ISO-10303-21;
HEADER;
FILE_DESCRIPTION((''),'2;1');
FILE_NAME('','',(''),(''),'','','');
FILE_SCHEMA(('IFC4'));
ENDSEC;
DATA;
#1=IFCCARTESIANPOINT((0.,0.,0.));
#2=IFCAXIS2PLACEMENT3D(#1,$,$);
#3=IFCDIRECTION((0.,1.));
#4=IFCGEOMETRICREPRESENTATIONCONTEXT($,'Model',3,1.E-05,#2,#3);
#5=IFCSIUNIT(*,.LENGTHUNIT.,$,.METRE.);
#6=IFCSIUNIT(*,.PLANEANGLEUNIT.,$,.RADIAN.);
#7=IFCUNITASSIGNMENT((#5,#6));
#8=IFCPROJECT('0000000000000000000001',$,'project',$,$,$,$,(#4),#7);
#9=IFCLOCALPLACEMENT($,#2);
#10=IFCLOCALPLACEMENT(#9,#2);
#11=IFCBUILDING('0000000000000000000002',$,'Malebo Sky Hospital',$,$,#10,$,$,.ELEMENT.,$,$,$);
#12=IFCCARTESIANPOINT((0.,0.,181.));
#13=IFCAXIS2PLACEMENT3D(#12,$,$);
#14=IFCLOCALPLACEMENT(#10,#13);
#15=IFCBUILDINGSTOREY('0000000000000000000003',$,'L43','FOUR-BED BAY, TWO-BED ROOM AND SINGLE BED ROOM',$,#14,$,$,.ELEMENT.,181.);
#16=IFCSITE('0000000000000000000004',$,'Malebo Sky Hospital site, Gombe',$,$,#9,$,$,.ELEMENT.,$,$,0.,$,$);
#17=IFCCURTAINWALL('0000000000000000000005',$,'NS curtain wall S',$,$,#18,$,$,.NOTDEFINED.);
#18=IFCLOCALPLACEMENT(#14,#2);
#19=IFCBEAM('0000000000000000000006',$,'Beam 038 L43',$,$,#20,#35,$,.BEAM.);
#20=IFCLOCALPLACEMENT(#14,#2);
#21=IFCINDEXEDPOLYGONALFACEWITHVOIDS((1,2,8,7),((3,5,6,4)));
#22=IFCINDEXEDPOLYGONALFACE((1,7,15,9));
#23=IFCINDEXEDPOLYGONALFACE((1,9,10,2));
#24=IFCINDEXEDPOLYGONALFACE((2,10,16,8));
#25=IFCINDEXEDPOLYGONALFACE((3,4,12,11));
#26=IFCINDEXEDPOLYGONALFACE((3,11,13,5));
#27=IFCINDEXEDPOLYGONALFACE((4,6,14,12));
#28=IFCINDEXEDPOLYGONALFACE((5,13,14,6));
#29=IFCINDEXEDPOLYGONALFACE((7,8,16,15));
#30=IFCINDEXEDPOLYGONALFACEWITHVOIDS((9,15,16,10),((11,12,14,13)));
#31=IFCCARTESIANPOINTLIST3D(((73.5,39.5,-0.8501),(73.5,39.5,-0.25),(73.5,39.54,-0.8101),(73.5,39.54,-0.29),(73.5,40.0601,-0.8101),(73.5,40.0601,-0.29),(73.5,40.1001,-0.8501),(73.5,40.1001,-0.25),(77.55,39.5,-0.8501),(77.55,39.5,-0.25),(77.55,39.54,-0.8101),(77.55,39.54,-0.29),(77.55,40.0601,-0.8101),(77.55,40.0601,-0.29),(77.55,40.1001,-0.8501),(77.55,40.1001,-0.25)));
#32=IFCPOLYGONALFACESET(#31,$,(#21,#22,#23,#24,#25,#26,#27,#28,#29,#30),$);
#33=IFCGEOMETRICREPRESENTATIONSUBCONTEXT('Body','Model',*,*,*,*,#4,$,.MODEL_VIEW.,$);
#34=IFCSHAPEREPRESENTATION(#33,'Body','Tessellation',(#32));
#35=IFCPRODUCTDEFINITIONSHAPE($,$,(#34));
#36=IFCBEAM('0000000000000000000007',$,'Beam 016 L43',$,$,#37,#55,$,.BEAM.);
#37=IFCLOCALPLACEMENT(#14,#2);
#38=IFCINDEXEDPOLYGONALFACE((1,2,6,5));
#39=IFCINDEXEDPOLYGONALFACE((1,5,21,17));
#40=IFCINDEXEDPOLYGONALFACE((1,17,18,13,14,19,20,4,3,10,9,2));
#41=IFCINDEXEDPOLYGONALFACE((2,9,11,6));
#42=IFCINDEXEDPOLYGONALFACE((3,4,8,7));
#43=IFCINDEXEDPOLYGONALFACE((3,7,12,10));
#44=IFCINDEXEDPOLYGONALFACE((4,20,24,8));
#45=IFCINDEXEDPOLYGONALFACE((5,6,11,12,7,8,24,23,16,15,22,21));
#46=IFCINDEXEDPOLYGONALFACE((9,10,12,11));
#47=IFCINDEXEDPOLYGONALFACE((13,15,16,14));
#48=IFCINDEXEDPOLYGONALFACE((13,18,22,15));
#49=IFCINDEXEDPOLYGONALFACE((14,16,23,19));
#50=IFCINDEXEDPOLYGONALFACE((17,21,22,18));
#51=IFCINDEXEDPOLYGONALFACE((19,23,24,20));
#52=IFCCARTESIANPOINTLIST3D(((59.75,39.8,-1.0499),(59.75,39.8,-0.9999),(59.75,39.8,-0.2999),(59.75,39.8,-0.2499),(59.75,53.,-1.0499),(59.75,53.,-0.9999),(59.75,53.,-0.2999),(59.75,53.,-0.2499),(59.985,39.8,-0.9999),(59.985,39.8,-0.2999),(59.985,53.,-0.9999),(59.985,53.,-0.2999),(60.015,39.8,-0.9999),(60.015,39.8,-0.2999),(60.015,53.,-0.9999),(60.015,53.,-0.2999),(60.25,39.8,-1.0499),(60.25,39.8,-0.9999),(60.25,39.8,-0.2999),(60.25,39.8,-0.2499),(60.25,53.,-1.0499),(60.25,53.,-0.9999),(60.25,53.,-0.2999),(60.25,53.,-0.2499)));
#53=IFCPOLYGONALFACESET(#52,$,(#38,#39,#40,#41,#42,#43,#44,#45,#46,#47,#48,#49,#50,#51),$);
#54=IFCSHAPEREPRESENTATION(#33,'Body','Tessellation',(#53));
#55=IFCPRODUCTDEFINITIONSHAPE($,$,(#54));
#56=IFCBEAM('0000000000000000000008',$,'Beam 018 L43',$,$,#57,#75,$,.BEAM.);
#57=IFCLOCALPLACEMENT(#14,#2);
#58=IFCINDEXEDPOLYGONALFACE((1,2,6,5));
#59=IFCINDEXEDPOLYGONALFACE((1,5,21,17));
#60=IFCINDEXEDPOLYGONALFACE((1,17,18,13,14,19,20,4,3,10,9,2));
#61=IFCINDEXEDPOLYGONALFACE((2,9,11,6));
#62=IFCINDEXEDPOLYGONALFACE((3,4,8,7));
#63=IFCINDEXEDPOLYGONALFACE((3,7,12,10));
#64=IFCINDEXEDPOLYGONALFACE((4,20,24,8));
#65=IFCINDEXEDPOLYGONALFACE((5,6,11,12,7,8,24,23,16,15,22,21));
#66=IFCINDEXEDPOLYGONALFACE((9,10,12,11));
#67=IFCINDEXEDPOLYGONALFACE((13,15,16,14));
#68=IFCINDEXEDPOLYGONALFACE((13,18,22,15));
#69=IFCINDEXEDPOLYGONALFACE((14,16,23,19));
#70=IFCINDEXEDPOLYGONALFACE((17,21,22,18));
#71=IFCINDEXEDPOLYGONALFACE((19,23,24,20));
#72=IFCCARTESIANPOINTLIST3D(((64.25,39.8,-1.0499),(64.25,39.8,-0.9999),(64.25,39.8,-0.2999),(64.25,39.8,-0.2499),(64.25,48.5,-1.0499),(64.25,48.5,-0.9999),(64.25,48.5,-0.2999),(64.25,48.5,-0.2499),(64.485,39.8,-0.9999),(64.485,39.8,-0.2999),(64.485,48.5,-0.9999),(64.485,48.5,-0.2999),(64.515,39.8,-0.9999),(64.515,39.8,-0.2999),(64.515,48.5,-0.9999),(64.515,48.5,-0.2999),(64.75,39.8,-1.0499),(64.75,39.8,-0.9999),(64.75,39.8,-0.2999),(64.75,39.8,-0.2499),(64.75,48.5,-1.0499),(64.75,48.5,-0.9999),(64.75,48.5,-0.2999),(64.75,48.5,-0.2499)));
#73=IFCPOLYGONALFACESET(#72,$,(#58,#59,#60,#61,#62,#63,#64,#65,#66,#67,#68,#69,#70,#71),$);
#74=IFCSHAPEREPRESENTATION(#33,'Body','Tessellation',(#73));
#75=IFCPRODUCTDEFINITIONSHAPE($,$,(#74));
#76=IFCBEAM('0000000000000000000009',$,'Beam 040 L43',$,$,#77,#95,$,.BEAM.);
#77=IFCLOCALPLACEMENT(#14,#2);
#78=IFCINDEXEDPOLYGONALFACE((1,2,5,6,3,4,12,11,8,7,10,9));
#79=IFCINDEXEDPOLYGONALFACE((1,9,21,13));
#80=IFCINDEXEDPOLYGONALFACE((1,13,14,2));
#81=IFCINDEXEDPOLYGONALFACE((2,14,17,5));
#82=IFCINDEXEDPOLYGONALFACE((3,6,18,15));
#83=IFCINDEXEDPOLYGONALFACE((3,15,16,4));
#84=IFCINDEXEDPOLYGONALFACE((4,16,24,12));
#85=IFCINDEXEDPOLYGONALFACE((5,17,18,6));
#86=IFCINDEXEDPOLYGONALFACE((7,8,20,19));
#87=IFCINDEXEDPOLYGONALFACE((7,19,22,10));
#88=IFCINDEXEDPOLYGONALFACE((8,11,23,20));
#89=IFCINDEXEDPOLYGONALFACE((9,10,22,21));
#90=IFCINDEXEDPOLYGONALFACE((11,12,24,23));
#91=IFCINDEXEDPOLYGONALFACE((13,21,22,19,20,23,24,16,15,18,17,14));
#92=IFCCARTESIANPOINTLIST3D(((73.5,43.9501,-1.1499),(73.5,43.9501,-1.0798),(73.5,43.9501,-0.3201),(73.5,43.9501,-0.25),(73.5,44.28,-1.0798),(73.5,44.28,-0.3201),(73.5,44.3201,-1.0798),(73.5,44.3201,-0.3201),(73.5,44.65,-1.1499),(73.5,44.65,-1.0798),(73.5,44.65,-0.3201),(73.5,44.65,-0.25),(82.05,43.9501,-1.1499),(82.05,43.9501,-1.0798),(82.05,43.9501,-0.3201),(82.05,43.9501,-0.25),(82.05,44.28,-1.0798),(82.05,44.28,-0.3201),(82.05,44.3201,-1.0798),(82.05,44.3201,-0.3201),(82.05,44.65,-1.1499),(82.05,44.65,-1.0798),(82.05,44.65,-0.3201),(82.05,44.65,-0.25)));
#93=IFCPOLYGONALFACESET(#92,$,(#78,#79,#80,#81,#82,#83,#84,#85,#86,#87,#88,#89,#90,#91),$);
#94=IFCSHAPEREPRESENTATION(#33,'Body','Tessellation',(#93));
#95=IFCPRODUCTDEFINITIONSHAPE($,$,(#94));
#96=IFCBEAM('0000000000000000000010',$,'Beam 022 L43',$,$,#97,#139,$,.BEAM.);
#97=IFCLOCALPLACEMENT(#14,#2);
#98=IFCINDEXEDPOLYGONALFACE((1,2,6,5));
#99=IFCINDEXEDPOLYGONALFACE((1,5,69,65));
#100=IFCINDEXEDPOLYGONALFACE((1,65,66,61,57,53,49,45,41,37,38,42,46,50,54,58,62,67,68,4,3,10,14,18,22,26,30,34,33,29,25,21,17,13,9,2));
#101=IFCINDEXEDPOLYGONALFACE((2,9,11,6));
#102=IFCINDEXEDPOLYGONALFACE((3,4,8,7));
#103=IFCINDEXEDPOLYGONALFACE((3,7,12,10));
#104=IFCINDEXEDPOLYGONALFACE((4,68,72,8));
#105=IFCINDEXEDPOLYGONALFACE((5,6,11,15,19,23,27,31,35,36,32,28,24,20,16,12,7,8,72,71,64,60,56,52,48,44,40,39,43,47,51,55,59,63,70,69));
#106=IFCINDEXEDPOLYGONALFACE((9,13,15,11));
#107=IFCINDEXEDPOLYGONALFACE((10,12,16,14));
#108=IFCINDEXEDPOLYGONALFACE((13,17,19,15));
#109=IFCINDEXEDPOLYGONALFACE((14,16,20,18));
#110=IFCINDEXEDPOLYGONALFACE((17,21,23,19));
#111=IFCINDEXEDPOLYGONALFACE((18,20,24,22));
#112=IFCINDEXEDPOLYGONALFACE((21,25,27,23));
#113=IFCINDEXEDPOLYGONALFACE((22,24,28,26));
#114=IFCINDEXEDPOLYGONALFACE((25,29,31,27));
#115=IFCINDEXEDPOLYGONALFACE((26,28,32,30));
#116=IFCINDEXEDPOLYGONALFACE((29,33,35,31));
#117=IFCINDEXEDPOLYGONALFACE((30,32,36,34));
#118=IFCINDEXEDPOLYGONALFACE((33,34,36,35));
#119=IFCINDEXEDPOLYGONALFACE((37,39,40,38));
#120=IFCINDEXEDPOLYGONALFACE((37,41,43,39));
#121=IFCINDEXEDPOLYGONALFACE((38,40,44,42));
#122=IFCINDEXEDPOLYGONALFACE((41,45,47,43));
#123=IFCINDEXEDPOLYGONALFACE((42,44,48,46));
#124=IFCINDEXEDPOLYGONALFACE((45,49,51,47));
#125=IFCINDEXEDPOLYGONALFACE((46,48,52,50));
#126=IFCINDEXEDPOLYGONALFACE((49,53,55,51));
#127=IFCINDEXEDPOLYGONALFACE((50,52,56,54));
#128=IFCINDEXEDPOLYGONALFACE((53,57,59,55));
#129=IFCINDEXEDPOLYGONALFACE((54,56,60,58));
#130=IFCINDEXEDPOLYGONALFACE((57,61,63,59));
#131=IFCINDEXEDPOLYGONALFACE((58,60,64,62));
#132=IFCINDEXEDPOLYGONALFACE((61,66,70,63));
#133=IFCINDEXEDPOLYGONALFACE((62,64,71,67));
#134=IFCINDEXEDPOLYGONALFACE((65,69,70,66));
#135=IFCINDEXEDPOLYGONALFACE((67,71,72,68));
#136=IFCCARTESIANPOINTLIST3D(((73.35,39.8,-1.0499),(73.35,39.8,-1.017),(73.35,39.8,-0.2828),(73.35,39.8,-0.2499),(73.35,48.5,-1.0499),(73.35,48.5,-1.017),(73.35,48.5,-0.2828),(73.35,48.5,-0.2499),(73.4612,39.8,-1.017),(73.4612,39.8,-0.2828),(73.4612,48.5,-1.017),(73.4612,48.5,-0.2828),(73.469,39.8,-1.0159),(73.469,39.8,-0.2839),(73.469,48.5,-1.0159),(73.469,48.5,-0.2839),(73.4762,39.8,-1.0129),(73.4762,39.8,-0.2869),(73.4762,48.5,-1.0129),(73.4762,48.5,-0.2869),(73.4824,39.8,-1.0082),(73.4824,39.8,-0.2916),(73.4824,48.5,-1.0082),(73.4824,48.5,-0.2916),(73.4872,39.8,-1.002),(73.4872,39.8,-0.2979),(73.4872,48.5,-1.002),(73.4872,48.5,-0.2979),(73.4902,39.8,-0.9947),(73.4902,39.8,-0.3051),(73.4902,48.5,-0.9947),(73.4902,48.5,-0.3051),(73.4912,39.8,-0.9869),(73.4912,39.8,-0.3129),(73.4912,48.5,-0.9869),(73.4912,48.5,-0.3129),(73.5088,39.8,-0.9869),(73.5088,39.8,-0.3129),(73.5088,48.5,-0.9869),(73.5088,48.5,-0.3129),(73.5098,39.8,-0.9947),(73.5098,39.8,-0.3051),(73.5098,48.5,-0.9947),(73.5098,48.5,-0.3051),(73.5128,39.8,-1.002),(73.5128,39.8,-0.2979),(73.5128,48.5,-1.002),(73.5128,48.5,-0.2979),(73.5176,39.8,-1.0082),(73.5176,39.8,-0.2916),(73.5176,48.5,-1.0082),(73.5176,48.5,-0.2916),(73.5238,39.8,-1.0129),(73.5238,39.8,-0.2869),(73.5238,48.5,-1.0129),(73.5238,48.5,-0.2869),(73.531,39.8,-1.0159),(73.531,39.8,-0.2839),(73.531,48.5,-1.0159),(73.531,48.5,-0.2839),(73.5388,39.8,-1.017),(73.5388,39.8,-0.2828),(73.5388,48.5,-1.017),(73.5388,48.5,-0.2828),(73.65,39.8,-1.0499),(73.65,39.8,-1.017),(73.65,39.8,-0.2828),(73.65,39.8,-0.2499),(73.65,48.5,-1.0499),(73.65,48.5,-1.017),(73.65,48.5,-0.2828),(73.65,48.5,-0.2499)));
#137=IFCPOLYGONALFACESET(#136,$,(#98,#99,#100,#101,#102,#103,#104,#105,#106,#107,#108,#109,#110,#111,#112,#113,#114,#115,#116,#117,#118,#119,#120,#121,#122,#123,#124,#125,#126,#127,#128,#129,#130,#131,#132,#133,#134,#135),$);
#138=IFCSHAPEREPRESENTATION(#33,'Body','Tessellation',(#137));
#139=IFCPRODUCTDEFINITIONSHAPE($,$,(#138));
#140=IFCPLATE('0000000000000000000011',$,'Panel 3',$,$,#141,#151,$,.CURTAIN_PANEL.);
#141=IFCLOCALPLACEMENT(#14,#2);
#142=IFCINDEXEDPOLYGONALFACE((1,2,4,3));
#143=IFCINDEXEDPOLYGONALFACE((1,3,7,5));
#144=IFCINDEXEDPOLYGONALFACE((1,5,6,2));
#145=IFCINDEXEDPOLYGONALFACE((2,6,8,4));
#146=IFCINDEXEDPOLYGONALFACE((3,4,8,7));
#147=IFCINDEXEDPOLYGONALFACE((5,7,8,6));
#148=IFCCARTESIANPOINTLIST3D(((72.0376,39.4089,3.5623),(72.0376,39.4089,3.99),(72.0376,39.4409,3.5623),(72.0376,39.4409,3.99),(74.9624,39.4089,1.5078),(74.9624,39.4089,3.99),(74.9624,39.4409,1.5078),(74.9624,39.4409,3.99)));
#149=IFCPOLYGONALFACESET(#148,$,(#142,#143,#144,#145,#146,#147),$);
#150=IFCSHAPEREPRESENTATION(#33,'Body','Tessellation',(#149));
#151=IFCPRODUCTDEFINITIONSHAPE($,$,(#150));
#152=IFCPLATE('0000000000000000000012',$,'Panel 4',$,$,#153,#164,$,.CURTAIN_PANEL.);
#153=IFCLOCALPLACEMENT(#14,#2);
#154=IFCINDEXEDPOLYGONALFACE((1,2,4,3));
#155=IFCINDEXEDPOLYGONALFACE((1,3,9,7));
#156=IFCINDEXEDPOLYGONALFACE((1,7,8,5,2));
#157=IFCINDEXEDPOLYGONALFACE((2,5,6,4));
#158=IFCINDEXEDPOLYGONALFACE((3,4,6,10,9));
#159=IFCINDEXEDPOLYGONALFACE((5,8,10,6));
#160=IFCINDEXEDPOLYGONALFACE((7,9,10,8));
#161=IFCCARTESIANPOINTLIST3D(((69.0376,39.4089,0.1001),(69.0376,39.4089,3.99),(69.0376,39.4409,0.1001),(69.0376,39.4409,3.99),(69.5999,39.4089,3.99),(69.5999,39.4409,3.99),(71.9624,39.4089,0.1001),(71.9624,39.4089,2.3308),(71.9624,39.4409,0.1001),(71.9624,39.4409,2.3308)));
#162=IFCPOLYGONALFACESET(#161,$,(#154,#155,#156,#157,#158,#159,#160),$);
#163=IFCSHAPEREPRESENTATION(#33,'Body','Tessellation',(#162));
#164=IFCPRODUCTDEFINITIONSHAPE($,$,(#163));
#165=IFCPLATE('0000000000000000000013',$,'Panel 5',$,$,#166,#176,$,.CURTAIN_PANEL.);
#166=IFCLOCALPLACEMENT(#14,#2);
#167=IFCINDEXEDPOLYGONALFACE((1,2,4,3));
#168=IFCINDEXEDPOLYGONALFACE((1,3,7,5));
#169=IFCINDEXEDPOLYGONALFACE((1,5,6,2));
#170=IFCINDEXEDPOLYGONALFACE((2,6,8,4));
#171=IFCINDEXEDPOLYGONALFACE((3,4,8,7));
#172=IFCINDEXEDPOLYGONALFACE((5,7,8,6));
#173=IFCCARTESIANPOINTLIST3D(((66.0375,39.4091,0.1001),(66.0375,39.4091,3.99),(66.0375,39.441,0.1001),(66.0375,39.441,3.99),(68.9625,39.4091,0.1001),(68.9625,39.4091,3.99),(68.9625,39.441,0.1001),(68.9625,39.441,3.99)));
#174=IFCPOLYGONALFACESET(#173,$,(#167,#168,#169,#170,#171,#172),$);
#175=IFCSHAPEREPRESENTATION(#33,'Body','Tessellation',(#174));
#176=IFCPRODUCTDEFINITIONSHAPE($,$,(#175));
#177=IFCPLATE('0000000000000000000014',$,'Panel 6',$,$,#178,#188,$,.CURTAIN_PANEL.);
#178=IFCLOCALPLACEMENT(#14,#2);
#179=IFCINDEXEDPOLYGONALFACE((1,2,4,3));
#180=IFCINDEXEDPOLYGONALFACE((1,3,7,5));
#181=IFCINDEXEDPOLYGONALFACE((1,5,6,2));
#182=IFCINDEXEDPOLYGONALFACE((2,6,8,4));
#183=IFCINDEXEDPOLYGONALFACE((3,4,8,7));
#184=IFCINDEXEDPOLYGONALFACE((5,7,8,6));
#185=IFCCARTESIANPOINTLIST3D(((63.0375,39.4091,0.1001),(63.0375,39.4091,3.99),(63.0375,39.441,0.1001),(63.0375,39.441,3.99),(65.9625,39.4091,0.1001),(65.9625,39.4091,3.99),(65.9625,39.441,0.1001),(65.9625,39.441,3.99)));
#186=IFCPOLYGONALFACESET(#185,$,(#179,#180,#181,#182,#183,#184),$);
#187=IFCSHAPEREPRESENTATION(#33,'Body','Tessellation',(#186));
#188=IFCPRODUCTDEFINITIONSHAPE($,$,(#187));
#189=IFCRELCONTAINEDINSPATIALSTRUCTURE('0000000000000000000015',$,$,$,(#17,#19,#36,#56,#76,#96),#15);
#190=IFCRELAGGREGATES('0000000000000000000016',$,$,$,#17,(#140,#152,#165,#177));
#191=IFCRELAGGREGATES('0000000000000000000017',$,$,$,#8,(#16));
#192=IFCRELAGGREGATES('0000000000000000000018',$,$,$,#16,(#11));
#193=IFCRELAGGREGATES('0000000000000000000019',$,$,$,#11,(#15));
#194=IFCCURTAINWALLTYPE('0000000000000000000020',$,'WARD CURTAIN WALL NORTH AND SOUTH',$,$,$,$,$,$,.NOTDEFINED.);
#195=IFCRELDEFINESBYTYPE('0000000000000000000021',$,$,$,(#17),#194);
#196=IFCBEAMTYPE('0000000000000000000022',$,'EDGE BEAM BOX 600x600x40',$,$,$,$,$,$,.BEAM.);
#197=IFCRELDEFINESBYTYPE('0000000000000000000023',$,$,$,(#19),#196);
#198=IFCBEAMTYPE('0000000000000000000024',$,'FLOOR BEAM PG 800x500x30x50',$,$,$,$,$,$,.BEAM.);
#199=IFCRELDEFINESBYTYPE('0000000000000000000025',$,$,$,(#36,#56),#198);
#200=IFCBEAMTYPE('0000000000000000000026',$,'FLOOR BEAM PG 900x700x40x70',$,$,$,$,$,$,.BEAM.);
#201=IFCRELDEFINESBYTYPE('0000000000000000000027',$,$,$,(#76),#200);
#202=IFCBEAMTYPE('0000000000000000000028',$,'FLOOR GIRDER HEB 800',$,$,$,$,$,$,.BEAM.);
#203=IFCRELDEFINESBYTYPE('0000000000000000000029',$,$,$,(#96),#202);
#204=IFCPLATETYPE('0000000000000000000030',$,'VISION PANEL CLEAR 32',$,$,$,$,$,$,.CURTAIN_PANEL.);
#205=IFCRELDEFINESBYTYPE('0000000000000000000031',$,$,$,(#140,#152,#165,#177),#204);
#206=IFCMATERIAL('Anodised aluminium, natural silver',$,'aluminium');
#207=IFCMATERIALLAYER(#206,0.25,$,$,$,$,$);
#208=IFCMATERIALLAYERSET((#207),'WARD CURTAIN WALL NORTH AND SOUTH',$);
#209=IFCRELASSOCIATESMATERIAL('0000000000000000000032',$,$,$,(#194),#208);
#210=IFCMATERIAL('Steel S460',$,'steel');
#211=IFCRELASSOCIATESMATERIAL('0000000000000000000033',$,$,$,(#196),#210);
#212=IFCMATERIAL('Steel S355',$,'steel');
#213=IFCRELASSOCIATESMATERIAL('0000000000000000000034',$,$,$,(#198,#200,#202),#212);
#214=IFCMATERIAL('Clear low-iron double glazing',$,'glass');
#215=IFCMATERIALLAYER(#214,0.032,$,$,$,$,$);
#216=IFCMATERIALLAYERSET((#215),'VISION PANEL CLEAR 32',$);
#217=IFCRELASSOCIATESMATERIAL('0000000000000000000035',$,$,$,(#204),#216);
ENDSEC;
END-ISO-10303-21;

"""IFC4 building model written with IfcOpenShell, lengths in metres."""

from ifc_helpers import new_model, si_unit, direction, frame, origin, origin_2d, place, context, subcontext, project, spatial, polyline, rectangle, hollow_rectangle, i_section, outline, extrude, material, layer, layer_set, material_profile, profile_set, type_object, element, aggregate, save


model = new_model("IFC4")

# Units and contexts
model_context = context("Model", 3, precision=1e-05, world=origin(), true_north=direction((0.0, 1.0)))
body_context = subcontext(model_context, "Body", "Model", "MODEL_VIEW")
ifc_project = project(units=[si_unit("LENGTHUNIT", "METRE"), si_unit("PLANEANGLEUNIT", "RADIAN")], contexts=[model_context])

# Site, building, storey
site_placement = place(None, origin())
site = spatial("IfcSite", under=ifc_project, at=site_placement, Name="Malebo Sky Hospital site, Gombe", CompositionType="ELEMENT", RefElevation=0.0)
building_placement = place(site_placement, origin())
building = spatial("IfcBuilding", under=site, at=building_placement, Name="Malebo Sky Hospital", CompositionType="ELEMENT")
storey_placement = place(building_placement, frame((0.0, 0.0, 181.0)))
storey = spatial("IfcBuildingStorey", under=building, at=storey_placement, Name="L43", Description="FOUR-BED BAY, TWO-BED ROOM AND SINGLE BED ROOM", CompositionType="ELEMENT", Elevation=181.0)

# Shared definitions
ifc_material_1 = material(Name="Steel S460", Category="steel")

# Curtain wall
ifc_material_2 = material(Name="Anodised aluminium, natural silver", Category="aluminium")
ifc_layer_1 = layer(ifc_material_2, 0.25)
ifc_layer_set_1 = layer_set([ifc_layer_1], Name="WARD CURTAIN WALL NORTH AND SOUTH")
curtain_wall_type = type_object("IfcCurtainWallType", Name="WARD CURTAIN WALL NORTH AND SOUTH", PredefinedType="NOTDEFINED", material=ifc_layer_set_1)
curtain_wall_placement = place(storey_placement, origin())
curtain_wall = element("IfcCurtainWall", 1, at=curtain_wall_placement, inside=storey, type_object=curtain_wall_type, Name="NS curtain wall S", PredefinedType="NOTDEFINED")

# Beams
ifc_material_profile_1 = material_profile(ifc_material_1, hollow_rectangle(XDim=0.6001, YDim=0.6001, WallThickness=0.04, at=origin_2d()), Name="BOX 600x600x40")
ifc_profile_set_1 = profile_set([ifc_material_profile_1], Name="Steel S460")
beam_type_1 = type_object("IfcBeamType", Name="EDGE BEAM BOX 600x600x40", PredefinedType="BEAM", material=ifc_profile_set_1)
beam_1_placement = place(storey_placement, frame((73.5, 39.8, -0.55), z_axis=(1.0, 0.0, 0.0), x_axis=(0.0, 1.0, 0.0)))
element("IfcBeam", 2, at=beam_1_placement, inside=storey, type_object=beam_type_1, Name="Beam 038 L43", PredefinedType="BEAM", context=body_context, shape_type="SweptSolid", body=[
    extrude(hollow_rectangle(XDim=0.6001, YDim=0.6001, WallThickness=0.04, at=origin_2d()), origin(), (0.0, 0.0, 1.0), 4.05),
])
ifc_material_3 = material(Name="Steel S355", Category="steel")
ifc_material_profile_2 = material_profile(ifc_material_3, i_section(OverallWidth=0.5, OverallDepth=0.8, WebThickness=0.03, FlangeThickness=0.05, at=origin_2d()), Name="PG 800x500x30x50")
ifc_profile_set_2 = profile_set([ifc_material_profile_2], Name="Steel S355")
beam_type_2 = type_object("IfcBeamType", Name="FLOOR BEAM PG 800x500x30x50", PredefinedType="BEAM", material=ifc_profile_set_2)
beam_2_placement = place(storey_placement, frame((60.0, 39.8, -0.6499), z_axis=(0.0, 1.0, 0.0), x_axis=(-1.0, 0.0, 0.0)))
element("IfcBeam", 3, at=beam_2_placement, inside=storey, type_object=beam_type_2, Name="Beam 016 L43", PredefinedType="BEAM", context=body_context, shape_type="SweptSolid", body=[
    extrude(i_section(OverallWidth=0.5, OverallDepth=0.8, WebThickness=0.03, FlangeThickness=0.05, at=origin_2d()), origin(), (0.0, 0.0, 1.0), 13.2),
])
beam_3_placement = place(storey_placement, frame((64.5, 39.8, -0.6499), z_axis=(0.0, 1.0, 0.0), x_axis=(-1.0, 0.0, 0.0)))
element("IfcBeam", 4, at=beam_3_placement, inside=storey, type_object=beam_type_2, Name="Beam 018 L43", PredefinedType="BEAM", context=body_context, shape_type="SweptSolid", body=[
    extrude(i_section(OverallWidth=0.5, OverallDepth=0.8, WebThickness=0.03, FlangeThickness=0.05, at=origin_2d()), origin(), (0.0, 0.0, 1.0), 8.7),
])
ifc_material_profile_3 = material_profile(ifc_material_3, i_section(OverallWidth=0.7, OverallDepth=0.8999, WebThickness=0.04, FlangeThickness=0.0701, at=origin_2d()), Name="PG 900x700x40x70")
ifc_profile_set_3 = profile_set([ifc_material_profile_3], Name="Steel S355")
beam_type_3 = type_object("IfcBeamType", Name="FLOOR BEAM PG 900x700x40x70", PredefinedType="BEAM", material=ifc_profile_set_3)
beam_4_placement = place(storey_placement, frame((73.5, 44.3, -0.7), z_axis=(1.0, 0.0, 0.0), x_axis=(0.0, 1.0, 0.0)))
element("IfcBeam", 5, at=beam_4_placement, inside=storey, type_object=beam_type_3, Name="Beam 040 L43", PredefinedType="BEAM", context=body_context, shape_type="SweptSolid", body=[
    extrude(i_section(OverallWidth=0.7, OverallDepth=0.8999, WebThickness=0.04, FlangeThickness=0.0701, at=origin_2d()), origin(), (0.0, 0.0, 1.0), 8.55),
])
ifc_material_profile_4 = material_profile(ifc_material_3, i_section(OverallWidth=0.3, OverallDepth=0.8, WebThickness=0.0176, FlangeThickness=0.033, FilletRadius=0.03, at=origin_2d()), Name="HEB 800")
ifc_profile_set_4 = profile_set([ifc_material_profile_4], Name="Steel S355")
beam_type_4 = type_object("IfcBeamType", Name="FLOOR GIRDER HEB 800", PredefinedType="BEAM", material=ifc_profile_set_4)
beam_5_placement = place(storey_placement, frame((73.5, 39.8, -0.6499), z_axis=(0.0, 1.0, 0.0), x_axis=(-1.0, 0.0, 0.0)))
element("IfcBeam", 6, at=beam_5_placement, inside=storey, type_object=beam_type_4, Name="Beam 022 L43", PredefinedType="BEAM", context=body_context, shape_type="SweptSolid", body=[
    extrude(i_section(OverallWidth=0.3, OverallDepth=0.8, WebThickness=0.0176, FlangeThickness=0.033, FilletRadius=0.03, at=origin_2d()), origin(), (0.0, 0.0, 1.0), 8.7),
])

# Plates
ifc_material_4 = material(Name="Clear low-iron double glazing", Category="glass")
ifc_layer_2 = layer(ifc_material_4, 0.032)
ifc_layer_set_2 = layer_set([ifc_layer_2], Name="VISION PANEL CLEAR 32")
plate_type = type_object("IfcPlateType", Name="VISION PANEL CLEAR 32", PredefinedType="CURTAIN_PANEL", material=ifc_layer_set_2)
plate_1_placement = place(storey_placement, frame((73.5, 39.425, 1.5078), z_axis=(0.0, 0.0, 1.0), x_axis=(-1.0, 0.0, 0.0)))
plate_1 = element("IfcPlate", 7, at=plate_1_placement, type_object=plate_type, Name="Panel 3", PredefinedType="CURTAIN_PANEL", context=body_context, shape_type="SweptSolid", body=[
    extrude(outline(polyline([(-1.4624, 0.0), (1.4624, 2.0544), (1.4624, 2.4822), (-1.4624, 2.4822), (-1.4624, 0.0)])), frame((0.0, 0.0161, 0.0), z_axis=(0.0, -1.0, 0.0), x_axis=(1.0, 0.0, 0.0)), (0.0, 0.0, 1.0), 0.032),
])
plate_2_placement = place(storey_placement, frame((70.5, 39.425, 0.1001), z_axis=(0.0, 0.0, 1.0), x_axis=(-1.0, 0.0, 0.0)))
plate_2 = element("IfcPlate", 8, at=plate_2_placement, type_object=plate_type, Name="Panel 4", PredefinedType="CURTAIN_PANEL", context=body_context, shape_type="SweptSolid", body=[
    extrude(outline(polyline([(-1.4624, 0.0), (1.4624, 0.0), (1.4624, 3.8899), (0.9001, 3.8899), (-1.4624, 2.2307), (-1.4624, 0.0)])), frame((0.0, 0.0161, 0.0), z_axis=(0.0, -1.0, 0.0), x_axis=(1.0, 0.0, 0.0)), (0.0, 0.0, 1.0), 0.032),
])
plate_3_placement = place(storey_placement, frame((67.5, 39.425, 0.1001), z_axis=(0.0, 0.0, 1.0), x_axis=(-1.0, 0.0, 0.0)))
plate_3 = element("IfcPlate", 9, at=plate_3_placement, type_object=plate_type, Name="Panel 5", PredefinedType="CURTAIN_PANEL", context=body_context, shape_type="SweptSolid", body=[
    extrude(rectangle(XDim=2.925, YDim=0.032, at=origin_2d()), origin(), (0.0, 0.0, 1.0), 3.8899),
])
plate_4_placement = place(storey_placement, frame((64.5, 39.425, 0.1001), z_axis=(0.0, 0.0, 1.0), x_axis=(-1.0, 0.0, 0.0)))
plate_4 = element("IfcPlate", 10, at=plate_4_placement, type_object=plate_type, Name="Panel 6", PredefinedType="CURTAIN_PANEL", context=body_context, shape_type="SweptSolid", body=[
    extrude(rectangle(XDim=2.925, YDim=0.032, at=origin_2d()), origin(), (0.0, 0.0, 1.0), 3.8899),
])
aggregate(curtain_wall, [plate_1, plate_2, plate_3, plate_4])

save(model, "model.ifc")
